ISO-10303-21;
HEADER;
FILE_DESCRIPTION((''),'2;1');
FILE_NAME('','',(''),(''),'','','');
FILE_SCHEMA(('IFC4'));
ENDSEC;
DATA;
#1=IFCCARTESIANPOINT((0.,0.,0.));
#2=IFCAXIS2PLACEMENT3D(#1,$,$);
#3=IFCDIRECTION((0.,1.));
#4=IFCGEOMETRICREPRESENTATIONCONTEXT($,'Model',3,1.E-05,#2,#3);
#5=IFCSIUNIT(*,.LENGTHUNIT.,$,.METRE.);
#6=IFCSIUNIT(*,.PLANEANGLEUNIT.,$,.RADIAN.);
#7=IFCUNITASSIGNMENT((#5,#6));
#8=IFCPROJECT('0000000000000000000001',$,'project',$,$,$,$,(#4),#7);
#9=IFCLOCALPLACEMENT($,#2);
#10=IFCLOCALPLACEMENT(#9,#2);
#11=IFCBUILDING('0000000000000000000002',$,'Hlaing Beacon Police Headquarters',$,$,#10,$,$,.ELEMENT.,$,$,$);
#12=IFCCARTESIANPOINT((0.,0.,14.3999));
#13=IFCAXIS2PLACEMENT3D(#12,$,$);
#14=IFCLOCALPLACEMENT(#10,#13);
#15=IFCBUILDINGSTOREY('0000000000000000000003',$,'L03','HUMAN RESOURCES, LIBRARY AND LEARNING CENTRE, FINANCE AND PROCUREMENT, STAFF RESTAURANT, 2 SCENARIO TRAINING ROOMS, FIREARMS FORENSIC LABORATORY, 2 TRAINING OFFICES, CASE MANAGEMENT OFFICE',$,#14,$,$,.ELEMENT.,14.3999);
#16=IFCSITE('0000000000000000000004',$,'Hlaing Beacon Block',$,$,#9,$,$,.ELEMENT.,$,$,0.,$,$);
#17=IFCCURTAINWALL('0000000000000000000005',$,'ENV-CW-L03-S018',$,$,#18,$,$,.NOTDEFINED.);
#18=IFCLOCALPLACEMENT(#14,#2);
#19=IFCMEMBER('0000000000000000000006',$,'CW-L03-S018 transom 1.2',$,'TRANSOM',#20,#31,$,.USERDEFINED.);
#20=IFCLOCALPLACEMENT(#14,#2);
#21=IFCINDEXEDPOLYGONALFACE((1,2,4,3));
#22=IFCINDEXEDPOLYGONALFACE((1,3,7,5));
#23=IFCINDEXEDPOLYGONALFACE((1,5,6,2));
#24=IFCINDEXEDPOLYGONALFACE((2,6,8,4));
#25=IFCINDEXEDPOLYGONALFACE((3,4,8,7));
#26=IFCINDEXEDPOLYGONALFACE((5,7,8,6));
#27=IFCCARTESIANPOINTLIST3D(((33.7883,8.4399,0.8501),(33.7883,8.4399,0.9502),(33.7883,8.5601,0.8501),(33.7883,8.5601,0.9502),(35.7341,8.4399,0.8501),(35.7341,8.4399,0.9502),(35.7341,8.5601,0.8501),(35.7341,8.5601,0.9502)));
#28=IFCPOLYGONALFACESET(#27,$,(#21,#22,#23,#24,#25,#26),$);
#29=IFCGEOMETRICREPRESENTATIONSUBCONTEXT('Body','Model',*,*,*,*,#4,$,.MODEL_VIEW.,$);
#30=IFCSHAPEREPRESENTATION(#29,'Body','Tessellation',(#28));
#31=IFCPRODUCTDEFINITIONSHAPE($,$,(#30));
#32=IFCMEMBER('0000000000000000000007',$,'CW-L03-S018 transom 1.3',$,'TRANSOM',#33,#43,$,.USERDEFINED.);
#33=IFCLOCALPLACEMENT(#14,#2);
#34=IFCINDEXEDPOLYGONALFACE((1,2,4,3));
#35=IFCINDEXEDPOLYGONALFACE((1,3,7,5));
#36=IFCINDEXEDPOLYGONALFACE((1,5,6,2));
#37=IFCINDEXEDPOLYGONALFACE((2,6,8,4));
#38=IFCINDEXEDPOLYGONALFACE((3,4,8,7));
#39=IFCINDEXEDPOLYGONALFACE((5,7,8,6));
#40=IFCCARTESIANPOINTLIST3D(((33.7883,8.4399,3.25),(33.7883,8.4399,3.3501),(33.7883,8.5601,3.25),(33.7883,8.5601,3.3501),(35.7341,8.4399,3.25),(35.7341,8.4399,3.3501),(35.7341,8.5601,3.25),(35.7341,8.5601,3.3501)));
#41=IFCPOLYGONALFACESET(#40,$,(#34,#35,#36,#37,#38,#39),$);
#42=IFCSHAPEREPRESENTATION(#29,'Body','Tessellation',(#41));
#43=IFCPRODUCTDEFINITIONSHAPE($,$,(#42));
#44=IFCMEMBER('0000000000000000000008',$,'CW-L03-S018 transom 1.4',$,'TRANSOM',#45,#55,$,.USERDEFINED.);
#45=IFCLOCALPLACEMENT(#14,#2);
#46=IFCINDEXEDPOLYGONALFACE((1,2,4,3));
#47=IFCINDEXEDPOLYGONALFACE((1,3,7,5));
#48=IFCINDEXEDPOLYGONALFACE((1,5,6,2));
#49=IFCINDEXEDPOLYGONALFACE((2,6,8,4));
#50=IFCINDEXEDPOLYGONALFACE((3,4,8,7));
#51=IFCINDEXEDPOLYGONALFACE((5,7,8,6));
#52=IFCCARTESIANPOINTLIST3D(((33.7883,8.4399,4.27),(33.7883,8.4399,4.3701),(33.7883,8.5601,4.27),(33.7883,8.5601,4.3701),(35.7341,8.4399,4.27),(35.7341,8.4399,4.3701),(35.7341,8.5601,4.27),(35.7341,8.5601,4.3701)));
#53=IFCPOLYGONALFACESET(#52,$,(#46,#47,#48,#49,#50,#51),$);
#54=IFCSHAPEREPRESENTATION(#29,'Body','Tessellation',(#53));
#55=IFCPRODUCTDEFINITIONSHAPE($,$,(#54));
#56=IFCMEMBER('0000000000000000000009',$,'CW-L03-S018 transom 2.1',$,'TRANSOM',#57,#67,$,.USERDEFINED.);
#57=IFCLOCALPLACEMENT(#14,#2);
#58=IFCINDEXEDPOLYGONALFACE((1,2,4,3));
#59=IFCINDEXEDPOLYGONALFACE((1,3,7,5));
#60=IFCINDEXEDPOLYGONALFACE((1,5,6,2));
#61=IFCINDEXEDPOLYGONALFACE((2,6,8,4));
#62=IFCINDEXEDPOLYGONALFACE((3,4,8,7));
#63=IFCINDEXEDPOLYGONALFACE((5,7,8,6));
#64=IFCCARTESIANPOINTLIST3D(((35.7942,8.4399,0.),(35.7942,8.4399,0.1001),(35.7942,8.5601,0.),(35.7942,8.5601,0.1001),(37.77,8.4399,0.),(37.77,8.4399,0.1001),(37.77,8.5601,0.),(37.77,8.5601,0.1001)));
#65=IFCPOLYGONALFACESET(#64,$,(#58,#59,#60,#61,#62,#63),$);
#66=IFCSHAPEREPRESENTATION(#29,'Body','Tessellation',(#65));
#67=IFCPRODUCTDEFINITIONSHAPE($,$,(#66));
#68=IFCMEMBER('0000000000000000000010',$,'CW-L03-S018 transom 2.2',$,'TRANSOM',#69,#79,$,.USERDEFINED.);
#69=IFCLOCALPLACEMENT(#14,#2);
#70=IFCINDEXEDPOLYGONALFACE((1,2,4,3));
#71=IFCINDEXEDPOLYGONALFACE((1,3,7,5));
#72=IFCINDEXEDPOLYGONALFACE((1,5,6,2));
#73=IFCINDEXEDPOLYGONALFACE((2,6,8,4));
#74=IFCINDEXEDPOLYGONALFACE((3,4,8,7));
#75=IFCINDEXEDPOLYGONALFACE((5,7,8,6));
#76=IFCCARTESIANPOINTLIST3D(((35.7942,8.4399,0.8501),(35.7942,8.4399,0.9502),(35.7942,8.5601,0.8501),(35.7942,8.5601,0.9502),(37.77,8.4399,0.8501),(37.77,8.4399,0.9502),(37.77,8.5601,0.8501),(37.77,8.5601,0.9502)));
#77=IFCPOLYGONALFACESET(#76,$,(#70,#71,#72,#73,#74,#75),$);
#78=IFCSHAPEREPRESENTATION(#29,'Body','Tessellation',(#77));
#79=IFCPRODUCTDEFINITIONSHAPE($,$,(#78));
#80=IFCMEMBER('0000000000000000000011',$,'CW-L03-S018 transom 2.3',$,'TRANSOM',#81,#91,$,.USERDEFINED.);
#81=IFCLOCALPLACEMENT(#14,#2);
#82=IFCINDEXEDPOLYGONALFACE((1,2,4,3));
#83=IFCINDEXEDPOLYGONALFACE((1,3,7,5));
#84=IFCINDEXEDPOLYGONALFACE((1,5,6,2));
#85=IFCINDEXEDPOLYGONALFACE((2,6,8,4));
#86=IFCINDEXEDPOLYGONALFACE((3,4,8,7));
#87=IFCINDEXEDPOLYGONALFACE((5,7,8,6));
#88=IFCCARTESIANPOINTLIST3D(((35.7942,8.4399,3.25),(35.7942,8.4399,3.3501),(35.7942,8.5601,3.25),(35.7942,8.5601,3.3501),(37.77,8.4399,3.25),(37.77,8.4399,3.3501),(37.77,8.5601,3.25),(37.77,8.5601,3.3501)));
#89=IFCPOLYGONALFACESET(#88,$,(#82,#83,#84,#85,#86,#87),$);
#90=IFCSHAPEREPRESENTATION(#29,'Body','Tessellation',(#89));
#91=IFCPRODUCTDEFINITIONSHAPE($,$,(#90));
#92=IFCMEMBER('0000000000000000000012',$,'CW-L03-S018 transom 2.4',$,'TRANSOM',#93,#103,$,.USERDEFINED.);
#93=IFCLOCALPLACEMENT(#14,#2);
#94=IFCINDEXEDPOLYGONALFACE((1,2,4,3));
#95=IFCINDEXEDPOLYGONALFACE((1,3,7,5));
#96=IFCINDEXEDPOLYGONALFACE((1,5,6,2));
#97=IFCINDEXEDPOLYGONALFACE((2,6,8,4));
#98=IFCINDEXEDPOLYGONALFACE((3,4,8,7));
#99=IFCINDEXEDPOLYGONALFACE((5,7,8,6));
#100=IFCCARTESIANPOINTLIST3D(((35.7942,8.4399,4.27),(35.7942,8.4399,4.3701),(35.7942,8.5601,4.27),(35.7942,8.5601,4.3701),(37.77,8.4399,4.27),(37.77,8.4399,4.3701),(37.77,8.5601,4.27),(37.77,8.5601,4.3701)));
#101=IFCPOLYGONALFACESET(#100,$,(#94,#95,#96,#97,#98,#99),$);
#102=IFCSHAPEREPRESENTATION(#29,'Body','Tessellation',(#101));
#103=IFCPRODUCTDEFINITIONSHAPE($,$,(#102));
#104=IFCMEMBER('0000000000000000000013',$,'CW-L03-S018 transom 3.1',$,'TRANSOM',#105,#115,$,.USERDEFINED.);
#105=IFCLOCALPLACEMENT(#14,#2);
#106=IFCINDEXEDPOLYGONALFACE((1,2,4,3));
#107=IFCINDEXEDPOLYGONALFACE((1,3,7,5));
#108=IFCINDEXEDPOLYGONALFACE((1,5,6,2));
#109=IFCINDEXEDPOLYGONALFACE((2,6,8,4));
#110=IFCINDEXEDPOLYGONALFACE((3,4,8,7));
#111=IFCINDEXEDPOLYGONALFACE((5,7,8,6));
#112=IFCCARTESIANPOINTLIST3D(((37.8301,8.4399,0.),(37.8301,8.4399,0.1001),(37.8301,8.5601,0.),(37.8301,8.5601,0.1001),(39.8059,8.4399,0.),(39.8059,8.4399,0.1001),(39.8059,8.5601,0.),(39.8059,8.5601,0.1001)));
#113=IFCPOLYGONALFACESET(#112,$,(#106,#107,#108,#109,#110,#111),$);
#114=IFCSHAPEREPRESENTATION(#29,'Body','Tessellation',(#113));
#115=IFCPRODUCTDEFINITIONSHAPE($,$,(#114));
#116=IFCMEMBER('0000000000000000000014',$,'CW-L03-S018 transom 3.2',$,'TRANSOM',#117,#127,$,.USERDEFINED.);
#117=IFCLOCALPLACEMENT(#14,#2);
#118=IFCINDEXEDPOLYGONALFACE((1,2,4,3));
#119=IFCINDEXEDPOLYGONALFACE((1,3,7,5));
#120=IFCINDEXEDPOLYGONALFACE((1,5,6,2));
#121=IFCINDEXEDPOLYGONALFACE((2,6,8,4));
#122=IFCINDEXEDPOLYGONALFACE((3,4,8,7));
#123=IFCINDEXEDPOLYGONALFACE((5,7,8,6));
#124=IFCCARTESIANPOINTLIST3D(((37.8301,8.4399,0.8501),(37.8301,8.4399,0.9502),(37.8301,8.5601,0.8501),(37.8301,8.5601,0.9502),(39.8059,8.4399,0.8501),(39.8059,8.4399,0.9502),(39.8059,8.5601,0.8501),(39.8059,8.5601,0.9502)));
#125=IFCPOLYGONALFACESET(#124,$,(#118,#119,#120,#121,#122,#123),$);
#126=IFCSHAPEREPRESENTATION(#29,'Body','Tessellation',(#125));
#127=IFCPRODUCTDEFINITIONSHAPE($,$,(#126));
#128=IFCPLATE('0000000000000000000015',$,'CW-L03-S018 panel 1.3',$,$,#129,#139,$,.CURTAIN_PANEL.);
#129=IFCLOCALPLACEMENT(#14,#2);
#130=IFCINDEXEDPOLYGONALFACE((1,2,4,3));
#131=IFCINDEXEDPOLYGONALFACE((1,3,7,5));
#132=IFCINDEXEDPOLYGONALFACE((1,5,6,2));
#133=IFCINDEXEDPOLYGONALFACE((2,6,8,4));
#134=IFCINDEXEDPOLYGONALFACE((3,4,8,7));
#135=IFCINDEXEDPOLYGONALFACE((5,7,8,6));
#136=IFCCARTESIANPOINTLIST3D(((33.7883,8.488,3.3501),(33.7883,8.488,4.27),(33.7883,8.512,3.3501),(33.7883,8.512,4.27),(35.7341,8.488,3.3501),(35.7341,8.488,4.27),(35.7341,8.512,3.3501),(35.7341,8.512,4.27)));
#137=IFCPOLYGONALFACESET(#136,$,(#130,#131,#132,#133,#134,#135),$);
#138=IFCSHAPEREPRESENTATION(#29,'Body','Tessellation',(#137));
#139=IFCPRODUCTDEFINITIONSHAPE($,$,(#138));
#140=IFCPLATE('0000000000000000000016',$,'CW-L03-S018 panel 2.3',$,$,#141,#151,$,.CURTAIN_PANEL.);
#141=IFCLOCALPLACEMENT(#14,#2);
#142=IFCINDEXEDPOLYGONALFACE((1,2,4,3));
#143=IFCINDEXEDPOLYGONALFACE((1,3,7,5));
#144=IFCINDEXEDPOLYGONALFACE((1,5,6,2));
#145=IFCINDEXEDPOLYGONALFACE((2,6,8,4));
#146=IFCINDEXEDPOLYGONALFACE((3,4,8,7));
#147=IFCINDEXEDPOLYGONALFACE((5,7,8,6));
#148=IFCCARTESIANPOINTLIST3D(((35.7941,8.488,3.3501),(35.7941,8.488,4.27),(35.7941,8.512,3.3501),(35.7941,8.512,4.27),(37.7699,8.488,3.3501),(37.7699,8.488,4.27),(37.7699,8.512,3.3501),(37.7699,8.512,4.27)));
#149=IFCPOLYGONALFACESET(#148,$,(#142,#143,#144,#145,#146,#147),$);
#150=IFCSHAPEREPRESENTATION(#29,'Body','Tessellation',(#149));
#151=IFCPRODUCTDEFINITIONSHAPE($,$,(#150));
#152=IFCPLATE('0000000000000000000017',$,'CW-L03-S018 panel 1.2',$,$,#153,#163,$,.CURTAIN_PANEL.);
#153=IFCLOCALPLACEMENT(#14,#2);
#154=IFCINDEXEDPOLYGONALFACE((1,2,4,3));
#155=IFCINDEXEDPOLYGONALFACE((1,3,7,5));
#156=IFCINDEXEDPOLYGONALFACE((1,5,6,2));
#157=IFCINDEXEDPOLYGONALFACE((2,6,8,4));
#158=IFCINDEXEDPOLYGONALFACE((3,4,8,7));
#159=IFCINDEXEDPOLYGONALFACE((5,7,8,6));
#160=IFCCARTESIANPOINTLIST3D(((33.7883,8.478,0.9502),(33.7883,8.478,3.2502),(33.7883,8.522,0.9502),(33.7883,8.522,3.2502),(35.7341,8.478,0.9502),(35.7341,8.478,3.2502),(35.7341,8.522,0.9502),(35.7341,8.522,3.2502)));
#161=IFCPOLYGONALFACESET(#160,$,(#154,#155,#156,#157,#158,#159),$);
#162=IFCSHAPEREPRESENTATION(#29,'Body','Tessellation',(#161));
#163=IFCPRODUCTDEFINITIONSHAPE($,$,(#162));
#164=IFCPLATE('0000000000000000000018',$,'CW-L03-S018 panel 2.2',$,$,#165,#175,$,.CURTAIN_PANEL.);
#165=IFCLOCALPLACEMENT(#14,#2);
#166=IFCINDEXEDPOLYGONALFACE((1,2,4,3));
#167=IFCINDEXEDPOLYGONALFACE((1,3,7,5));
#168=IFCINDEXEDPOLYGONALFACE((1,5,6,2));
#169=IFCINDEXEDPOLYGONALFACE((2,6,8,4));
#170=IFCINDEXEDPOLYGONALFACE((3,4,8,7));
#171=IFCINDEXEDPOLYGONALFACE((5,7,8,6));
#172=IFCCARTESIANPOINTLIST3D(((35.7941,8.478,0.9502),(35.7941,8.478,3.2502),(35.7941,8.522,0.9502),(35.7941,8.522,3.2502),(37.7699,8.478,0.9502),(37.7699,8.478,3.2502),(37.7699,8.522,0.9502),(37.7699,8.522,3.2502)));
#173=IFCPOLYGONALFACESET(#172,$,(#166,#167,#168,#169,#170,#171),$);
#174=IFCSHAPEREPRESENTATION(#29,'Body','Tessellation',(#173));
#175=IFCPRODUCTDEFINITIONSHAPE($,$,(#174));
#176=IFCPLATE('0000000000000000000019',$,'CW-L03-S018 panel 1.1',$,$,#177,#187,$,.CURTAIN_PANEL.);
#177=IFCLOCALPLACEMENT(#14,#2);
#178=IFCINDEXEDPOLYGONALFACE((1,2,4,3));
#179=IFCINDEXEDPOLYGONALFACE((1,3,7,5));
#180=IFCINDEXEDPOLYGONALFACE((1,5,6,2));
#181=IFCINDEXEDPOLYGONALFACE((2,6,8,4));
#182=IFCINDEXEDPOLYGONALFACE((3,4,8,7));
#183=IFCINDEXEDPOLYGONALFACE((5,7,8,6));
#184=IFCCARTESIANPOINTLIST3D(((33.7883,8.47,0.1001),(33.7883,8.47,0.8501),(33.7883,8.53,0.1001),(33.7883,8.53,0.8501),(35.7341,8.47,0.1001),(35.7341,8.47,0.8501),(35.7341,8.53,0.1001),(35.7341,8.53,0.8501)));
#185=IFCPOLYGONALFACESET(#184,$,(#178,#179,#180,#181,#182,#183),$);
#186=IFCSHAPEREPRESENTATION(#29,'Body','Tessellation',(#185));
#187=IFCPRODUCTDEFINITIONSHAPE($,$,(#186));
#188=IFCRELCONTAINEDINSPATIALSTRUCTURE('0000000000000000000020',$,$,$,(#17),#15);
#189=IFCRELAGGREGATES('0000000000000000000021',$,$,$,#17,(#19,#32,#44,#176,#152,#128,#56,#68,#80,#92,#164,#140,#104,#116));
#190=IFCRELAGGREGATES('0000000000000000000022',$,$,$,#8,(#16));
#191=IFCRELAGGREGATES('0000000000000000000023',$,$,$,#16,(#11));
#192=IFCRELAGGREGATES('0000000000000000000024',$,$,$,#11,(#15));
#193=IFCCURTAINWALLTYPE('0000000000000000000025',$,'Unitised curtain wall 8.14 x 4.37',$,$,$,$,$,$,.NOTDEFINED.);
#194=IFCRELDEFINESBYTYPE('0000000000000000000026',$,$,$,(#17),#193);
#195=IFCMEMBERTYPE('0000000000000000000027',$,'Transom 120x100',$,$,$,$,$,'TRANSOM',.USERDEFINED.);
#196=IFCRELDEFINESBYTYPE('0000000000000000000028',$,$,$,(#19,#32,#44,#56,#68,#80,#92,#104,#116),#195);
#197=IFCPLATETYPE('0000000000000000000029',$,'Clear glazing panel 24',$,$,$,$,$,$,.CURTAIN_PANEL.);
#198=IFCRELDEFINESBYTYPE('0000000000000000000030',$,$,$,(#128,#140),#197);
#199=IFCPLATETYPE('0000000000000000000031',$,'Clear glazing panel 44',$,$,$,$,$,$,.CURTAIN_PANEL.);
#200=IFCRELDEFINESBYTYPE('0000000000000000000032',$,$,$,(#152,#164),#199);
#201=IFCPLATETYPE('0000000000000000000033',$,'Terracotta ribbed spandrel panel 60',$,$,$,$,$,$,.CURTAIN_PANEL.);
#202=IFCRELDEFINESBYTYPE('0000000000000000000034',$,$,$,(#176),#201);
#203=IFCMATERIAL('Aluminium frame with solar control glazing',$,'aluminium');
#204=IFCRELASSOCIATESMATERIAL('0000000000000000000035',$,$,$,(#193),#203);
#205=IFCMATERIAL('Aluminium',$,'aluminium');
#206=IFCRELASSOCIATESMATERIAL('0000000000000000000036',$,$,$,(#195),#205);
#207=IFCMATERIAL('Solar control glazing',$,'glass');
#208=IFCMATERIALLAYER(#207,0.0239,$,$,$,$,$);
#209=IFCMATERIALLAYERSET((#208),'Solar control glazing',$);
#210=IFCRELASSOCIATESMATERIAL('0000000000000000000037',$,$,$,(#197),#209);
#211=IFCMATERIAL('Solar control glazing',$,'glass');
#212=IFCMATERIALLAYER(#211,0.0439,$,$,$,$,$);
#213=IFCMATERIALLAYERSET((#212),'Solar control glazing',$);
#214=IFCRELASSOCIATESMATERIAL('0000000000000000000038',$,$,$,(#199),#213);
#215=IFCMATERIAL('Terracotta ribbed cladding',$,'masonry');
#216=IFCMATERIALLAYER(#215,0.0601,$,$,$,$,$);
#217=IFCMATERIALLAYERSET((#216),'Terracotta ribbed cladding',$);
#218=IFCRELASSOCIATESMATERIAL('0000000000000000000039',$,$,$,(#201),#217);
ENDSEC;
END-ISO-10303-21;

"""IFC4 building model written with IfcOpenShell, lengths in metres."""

from ifc_helpers import new_model, si_unit, direction, frame, origin, origin_2d, place, context, subcontext, project, spatial, rectangle, extrude, material, layer, layer_set, material_profile, profile_set, type_object, element, aggregate, save


model = new_model("IFC4")

# Units and contexts
model_context = context("Model", 3, precision=1e-05, world=origin(), true_north=direction((0.0, 1.0)))
body_context = subcontext(model_context, "Body", "Model", "MODEL_VIEW")
ifc_project = project(units=[si_unit("LENGTHUNIT", "METRE"), si_unit("PLANEANGLEUNIT", "RADIAN")], contexts=[model_context])

# Site, building, storey
site_placement = place(None, origin())
site = spatial("IfcSite", under=ifc_project, at=site_placement, Name="Hlaing Beacon Block", CompositionType="ELEMENT", RefElevation=0.0)
building_placement = place(site_placement, origin())
building = spatial("IfcBuilding", under=site, at=building_placement, Name="Hlaing Beacon Police Headquarters", CompositionType="ELEMENT")
storey_placement = place(building_placement, frame((0.0, 0.0, 14.3999)))
storey = spatial("IfcBuildingStorey", under=building, at=storey_placement, Name="L03", Description="HUMAN RESOURCES, LIBRARY AND LEARNING CENTRE, FINANCE AND PROCUREMENT, STAFF RESTAURANT, 2 SCENARIO TRAINING ROOMS, FIREARMS FORENSIC LABORATORY, 2 TRAINING OFFICES, CASE MANAGEMENT OFFICE", CompositionType="ELEMENT", Elevation=14.3999)

# Curtain wall, members, plates
ifc_material_1 = material(Name="Aluminium frame with solar control glazing", Category="aluminium")
curtain_wall_type = type_object("IfcCurtainWallType", Name="Unitised curtain wall 8.14 x 4.37", PredefinedType="NOTDEFINED", material=ifc_material_1)
curtain_wall_placement = place(storey_placement, origin())
curtain_wall = element("IfcCurtainWall", 1, at=curtain_wall_placement, inside=storey, type_object=curtain_wall_type, Name="ENV-CW-L03-S018", PredefinedType="NOTDEFINED")
ifc_material_2 = material(Name="Aluminium", Category="aluminium")
ifc_material_profile_1 = material_profile(ifc_material_2, rectangle(XDim=0.1201, YDim=0.1001, at=origin_2d()), Name="Transom 120x100")
ifc_profile_set_1 = profile_set([ifc_material_profile_1], Name="Aluminium")
member_type_1 = type_object("IfcMemberType", Name="Transom 120x100", ElementType="TRANSOM", PredefinedType="USERDEFINED", material=ifc_profile_set_1)
member_1_placement = place(storey_placement, frame((33.7883, 8.5, 0.9001), z_axis=(1.0, 0.0, 0.0), x_axis=(0.0, 1.0, 0.0)))
member_1 = element("IfcMember", 2, at=member_1_placement, type_object=member_type_1, Name="CW-L03-S018 transom 1.2", ObjectType="TRANSOM", PredefinedType="USERDEFINED", context=body_context, shape_type="SweptSolid", body=[
    extrude(rectangle(XDim=0.1201, YDim=0.1001, at=origin_2d()), origin(), (0.0, 0.0, 1.0), 1.9458),
])
member_2_placement = place(storey_placement, frame((33.7883, 8.5, 3.3), z_axis=(1.0, 0.0, 0.0), x_axis=(0.0, 1.0, 0.0)))
member_2 = element("IfcMember", 3, at=member_2_placement, type_object=member_type_1, Name="CW-L03-S018 transom 1.3", ObjectType="TRANSOM", PredefinedType="USERDEFINED", context=body_context, shape_type="SweptSolid", body=[
    extrude(rectangle(XDim=0.1201, YDim=0.1001, at=origin_2d()), origin(), (0.0, 0.0, 1.0), 1.9458),
])
member_3_placement = place(storey_placement, frame((33.7883, 8.5, 4.3201), z_axis=(1.0, 0.0, 0.0), x_axis=(0.0, 1.0, 0.0)))
member_3 = element("IfcMember", 4, at=member_3_placement, type_object=member_type_1, Name="CW-L03-S018 transom 1.4", ObjectType="TRANSOM", PredefinedType="USERDEFINED", context=body_context, shape_type="SweptSolid", body=[
    extrude(rectangle(XDim=0.1201, YDim=0.1001, at=origin_2d()), origin(), (0.0, 0.0, 1.0), 1.9458),
])
member_4_placement = place(storey_placement, frame((35.7942, 8.5, 0.05), z_axis=(1.0, 0.0, 0.0), x_axis=(0.0, 1.0, 0.0)))
member_4 = element("IfcMember", 5, at=member_4_placement, type_object=member_type_1, Name="CW-L03-S018 transom 2.1", ObjectType="TRANSOM", PredefinedType="USERDEFINED", context=body_context, shape_type="SweptSolid", body=[
    extrude(rectangle(XDim=0.1201, YDim=0.1001, at=origin_2d()), origin(), (0.0, 0.0, 1.0), 1.9758),
])
member_5_placement = place(storey_placement, frame((35.7942, 8.5, 0.9001), z_axis=(1.0, 0.0, 0.0), x_axis=(0.0, 1.0, 0.0)))
member_5 = element("IfcMember", 6, at=member_5_placement, type_object=member_type_1, Name="CW-L03-S018 transom 2.2", ObjectType="TRANSOM", PredefinedType="USERDEFINED", context=body_context, shape_type="SweptSolid", body=[
    extrude(rectangle(XDim=0.1201, YDim=0.1001, at=origin_2d()), origin(), (0.0, 0.0, 1.0), 1.9758),
])
member_6_placement = place(storey_placement, frame((35.7942, 8.5, 3.3), z_axis=(1.0, 0.0, 0.0), x_axis=(0.0, 1.0, 0.0)))
member_6 = element("IfcMember", 7, at=member_6_placement, type_object=member_type_1, Name="CW-L03-S018 transom 2.3", ObjectType="TRANSOM", PredefinedType="USERDEFINED", context=body_context, shape_type="SweptSolid", body=[
    extrude(rectangle(XDim=0.1201, YDim=0.1001, at=origin_2d()), origin(), (0.0, 0.0, 1.0), 1.9758),
])
member_7_placement = place(storey_placement, frame((35.7942, 8.5, 4.3201), z_axis=(1.0, 0.0, 0.0), x_axis=(0.0, 1.0, 0.0)))
member_7 = element("IfcMember", 8, at=member_7_placement, type_object=member_type_1, Name="CW-L03-S018 transom 2.4", ObjectType="TRANSOM", PredefinedType="USERDEFINED", context=body_context, shape_type="SweptSolid", body=[
    extrude(rectangle(XDim=0.1201, YDim=0.1001, at=origin_2d()), origin(), (0.0, 0.0, 1.0), 1.9758),
])
member_8_placement = place(storey_placement, frame((37.8301, 8.5, 0.05), z_axis=(1.0, 0.0, 0.0), x_axis=(0.0, 1.0, 0.0)))
member_8 = element("IfcMember", 9, at=member_8_placement, type_object=member_type_1, Name="CW-L03-S018 transom 3.1", ObjectType="TRANSOM", PredefinedType="USERDEFINED", context=body_context, shape_type="SweptSolid", body=[
    extrude(rectangle(XDim=0.1201, YDim=0.1001, at=origin_2d()), origin(), (0.0, 0.0, 1.0), 1.9758),
])
member_9_placement = place(storey_placement, frame((37.8301, 8.5, 0.9001), z_axis=(1.0, 0.0, 0.0), x_axis=(0.0, 1.0, 0.0)))
member_9 = element("IfcMember", 10, at=member_9_placement, type_object=member_type_1, Name="CW-L03-S018 transom 3.2", ObjectType="TRANSOM", PredefinedType="USERDEFINED", context=body_context, shape_type="SweptSolid", body=[
    extrude(rectangle(XDim=0.1201, YDim=0.1001, at=origin_2d()), origin(), (0.0, 0.0, 1.0), 1.9758),
])
ifc_material_3 = material(Name="Solar control glazing", Category="glass")
ifc_layer_1 = layer(ifc_material_3, 0.0239)
ifc_layer_set_1 = layer_set([ifc_layer_1], Name="Solar control glazing")
plate_type_1 = type_object("IfcPlateType", Name="Clear glazing panel 24", PredefinedType="CURTAIN_PANEL", material=ifc_layer_set_1)
plate_1_placement = place(storey_placement, frame((34.7612, 8.5, 3.3501), z_axis=(0.0, 0.0, 1.0), x_axis=(1.0, 0.0, 0.0)))
plate_1 = element("IfcPlate", 11, at=plate_1_placement, type_object=plate_type_1, Name="CW-L03-S018 panel 1.3", PredefinedType="CURTAIN_PANEL", context=body_context, shape_type="SweptSolid", body=[
    extrude(rectangle(XDim=1.9458, YDim=0.0239, at=origin_2d()), origin(), (0.0, 0.0, 1.0), 0.9199),
])
plate_2_placement = place(storey_placement, frame((36.782, 8.5, 3.3501), z_axis=(0.0, 0.0, 1.0), x_axis=(1.0, 0.0, 0.0)))
plate_2 = element("IfcPlate", 12, at=plate_2_placement, type_object=plate_type_1, Name="CW-L03-S018 panel 2.3", PredefinedType="CURTAIN_PANEL", context=body_context, shape_type="SweptSolid", body=[
    extrude(rectangle(XDim=1.9758, YDim=0.0239, at=origin_2d()), origin(), (0.0, 0.0, 1.0), 0.9199),
])
ifc_material_4 = material(Name="Solar control glazing", Category="glass")
ifc_layer_2 = layer(ifc_material_4, 0.0439)
ifc_layer_set_2 = layer_set([ifc_layer_2], Name="Solar control glazing")
plate_type_2 = type_object("IfcPlateType", Name="Clear glazing panel 44", PredefinedType="CURTAIN_PANEL", material=ifc_layer_set_2)
plate_3_placement = place(storey_placement, frame((34.7612, 8.5, 0.9502), z_axis=(0.0, 0.0, 1.0), x_axis=(1.0, 0.0, 0.0)))
plate_3 = element("IfcPlate", 13, at=plate_3_placement, type_object=plate_type_2, Name="CW-L03-S018 panel 1.2", PredefinedType="CURTAIN_PANEL", context=body_context, shape_type="SweptSolid", body=[
    extrude(rectangle(XDim=1.9458, YDim=0.0439, at=origin_2d()), origin(), (0.0, 0.0, 1.0), 2.3),
])
plate_4_placement = place(storey_placement, frame((36.782, 8.5, 0.9502), z_axis=(0.0, 0.0, 1.0), x_axis=(1.0, 0.0, 0.0)))
plate_4 = element("IfcPlate", 14, at=plate_4_placement, type_object=plate_type_2, Name="CW-L03-S018 panel 2.2", PredefinedType="CURTAIN_PANEL", context=body_context, shape_type="SweptSolid", body=[
    extrude(rectangle(XDim=1.9758, YDim=0.0439, at=origin_2d()), origin(), (0.0, 0.0, 1.0), 2.3),
])
ifc_material_5 = material(Name="Terracotta ribbed cladding", Category="masonry")
ifc_layer_3 = layer(ifc_material_5, 0.0601)
ifc_layer_set_3 = layer_set([ifc_layer_3], Name="Terracotta ribbed cladding")
plate_type_3 = type_object("IfcPlateType", Name="Terracotta ribbed spandrel panel 60", PredefinedType="CURTAIN_PANEL", material=ifc_layer_set_3)
plate_5_placement = place(storey_placement, frame((34.7612, 8.5, 0.1001), z_axis=(0.0, 0.0, 1.0), x_axis=(1.0, 0.0, 0.0)))
plate_5 = element("IfcPlate", 15, at=plate_5_placement, type_object=plate_type_3, Name="CW-L03-S018 panel 1.1", PredefinedType="CURTAIN_PANEL", context=body_context, shape_type="SweptSolid", body=[
    extrude(rectangle(XDim=1.9458, YDim=0.0601, at=origin_2d()), origin(), (0.0, 0.0, 1.0), 0.75),
])
aggregate(curtain_wall, [member_1, member_2, member_3, plate_5, plate_3, plate_1, member_4, member_5, member_6, member_7, plate_4, plate_2, member_8, member_9])

save(model, "model.ifc")
